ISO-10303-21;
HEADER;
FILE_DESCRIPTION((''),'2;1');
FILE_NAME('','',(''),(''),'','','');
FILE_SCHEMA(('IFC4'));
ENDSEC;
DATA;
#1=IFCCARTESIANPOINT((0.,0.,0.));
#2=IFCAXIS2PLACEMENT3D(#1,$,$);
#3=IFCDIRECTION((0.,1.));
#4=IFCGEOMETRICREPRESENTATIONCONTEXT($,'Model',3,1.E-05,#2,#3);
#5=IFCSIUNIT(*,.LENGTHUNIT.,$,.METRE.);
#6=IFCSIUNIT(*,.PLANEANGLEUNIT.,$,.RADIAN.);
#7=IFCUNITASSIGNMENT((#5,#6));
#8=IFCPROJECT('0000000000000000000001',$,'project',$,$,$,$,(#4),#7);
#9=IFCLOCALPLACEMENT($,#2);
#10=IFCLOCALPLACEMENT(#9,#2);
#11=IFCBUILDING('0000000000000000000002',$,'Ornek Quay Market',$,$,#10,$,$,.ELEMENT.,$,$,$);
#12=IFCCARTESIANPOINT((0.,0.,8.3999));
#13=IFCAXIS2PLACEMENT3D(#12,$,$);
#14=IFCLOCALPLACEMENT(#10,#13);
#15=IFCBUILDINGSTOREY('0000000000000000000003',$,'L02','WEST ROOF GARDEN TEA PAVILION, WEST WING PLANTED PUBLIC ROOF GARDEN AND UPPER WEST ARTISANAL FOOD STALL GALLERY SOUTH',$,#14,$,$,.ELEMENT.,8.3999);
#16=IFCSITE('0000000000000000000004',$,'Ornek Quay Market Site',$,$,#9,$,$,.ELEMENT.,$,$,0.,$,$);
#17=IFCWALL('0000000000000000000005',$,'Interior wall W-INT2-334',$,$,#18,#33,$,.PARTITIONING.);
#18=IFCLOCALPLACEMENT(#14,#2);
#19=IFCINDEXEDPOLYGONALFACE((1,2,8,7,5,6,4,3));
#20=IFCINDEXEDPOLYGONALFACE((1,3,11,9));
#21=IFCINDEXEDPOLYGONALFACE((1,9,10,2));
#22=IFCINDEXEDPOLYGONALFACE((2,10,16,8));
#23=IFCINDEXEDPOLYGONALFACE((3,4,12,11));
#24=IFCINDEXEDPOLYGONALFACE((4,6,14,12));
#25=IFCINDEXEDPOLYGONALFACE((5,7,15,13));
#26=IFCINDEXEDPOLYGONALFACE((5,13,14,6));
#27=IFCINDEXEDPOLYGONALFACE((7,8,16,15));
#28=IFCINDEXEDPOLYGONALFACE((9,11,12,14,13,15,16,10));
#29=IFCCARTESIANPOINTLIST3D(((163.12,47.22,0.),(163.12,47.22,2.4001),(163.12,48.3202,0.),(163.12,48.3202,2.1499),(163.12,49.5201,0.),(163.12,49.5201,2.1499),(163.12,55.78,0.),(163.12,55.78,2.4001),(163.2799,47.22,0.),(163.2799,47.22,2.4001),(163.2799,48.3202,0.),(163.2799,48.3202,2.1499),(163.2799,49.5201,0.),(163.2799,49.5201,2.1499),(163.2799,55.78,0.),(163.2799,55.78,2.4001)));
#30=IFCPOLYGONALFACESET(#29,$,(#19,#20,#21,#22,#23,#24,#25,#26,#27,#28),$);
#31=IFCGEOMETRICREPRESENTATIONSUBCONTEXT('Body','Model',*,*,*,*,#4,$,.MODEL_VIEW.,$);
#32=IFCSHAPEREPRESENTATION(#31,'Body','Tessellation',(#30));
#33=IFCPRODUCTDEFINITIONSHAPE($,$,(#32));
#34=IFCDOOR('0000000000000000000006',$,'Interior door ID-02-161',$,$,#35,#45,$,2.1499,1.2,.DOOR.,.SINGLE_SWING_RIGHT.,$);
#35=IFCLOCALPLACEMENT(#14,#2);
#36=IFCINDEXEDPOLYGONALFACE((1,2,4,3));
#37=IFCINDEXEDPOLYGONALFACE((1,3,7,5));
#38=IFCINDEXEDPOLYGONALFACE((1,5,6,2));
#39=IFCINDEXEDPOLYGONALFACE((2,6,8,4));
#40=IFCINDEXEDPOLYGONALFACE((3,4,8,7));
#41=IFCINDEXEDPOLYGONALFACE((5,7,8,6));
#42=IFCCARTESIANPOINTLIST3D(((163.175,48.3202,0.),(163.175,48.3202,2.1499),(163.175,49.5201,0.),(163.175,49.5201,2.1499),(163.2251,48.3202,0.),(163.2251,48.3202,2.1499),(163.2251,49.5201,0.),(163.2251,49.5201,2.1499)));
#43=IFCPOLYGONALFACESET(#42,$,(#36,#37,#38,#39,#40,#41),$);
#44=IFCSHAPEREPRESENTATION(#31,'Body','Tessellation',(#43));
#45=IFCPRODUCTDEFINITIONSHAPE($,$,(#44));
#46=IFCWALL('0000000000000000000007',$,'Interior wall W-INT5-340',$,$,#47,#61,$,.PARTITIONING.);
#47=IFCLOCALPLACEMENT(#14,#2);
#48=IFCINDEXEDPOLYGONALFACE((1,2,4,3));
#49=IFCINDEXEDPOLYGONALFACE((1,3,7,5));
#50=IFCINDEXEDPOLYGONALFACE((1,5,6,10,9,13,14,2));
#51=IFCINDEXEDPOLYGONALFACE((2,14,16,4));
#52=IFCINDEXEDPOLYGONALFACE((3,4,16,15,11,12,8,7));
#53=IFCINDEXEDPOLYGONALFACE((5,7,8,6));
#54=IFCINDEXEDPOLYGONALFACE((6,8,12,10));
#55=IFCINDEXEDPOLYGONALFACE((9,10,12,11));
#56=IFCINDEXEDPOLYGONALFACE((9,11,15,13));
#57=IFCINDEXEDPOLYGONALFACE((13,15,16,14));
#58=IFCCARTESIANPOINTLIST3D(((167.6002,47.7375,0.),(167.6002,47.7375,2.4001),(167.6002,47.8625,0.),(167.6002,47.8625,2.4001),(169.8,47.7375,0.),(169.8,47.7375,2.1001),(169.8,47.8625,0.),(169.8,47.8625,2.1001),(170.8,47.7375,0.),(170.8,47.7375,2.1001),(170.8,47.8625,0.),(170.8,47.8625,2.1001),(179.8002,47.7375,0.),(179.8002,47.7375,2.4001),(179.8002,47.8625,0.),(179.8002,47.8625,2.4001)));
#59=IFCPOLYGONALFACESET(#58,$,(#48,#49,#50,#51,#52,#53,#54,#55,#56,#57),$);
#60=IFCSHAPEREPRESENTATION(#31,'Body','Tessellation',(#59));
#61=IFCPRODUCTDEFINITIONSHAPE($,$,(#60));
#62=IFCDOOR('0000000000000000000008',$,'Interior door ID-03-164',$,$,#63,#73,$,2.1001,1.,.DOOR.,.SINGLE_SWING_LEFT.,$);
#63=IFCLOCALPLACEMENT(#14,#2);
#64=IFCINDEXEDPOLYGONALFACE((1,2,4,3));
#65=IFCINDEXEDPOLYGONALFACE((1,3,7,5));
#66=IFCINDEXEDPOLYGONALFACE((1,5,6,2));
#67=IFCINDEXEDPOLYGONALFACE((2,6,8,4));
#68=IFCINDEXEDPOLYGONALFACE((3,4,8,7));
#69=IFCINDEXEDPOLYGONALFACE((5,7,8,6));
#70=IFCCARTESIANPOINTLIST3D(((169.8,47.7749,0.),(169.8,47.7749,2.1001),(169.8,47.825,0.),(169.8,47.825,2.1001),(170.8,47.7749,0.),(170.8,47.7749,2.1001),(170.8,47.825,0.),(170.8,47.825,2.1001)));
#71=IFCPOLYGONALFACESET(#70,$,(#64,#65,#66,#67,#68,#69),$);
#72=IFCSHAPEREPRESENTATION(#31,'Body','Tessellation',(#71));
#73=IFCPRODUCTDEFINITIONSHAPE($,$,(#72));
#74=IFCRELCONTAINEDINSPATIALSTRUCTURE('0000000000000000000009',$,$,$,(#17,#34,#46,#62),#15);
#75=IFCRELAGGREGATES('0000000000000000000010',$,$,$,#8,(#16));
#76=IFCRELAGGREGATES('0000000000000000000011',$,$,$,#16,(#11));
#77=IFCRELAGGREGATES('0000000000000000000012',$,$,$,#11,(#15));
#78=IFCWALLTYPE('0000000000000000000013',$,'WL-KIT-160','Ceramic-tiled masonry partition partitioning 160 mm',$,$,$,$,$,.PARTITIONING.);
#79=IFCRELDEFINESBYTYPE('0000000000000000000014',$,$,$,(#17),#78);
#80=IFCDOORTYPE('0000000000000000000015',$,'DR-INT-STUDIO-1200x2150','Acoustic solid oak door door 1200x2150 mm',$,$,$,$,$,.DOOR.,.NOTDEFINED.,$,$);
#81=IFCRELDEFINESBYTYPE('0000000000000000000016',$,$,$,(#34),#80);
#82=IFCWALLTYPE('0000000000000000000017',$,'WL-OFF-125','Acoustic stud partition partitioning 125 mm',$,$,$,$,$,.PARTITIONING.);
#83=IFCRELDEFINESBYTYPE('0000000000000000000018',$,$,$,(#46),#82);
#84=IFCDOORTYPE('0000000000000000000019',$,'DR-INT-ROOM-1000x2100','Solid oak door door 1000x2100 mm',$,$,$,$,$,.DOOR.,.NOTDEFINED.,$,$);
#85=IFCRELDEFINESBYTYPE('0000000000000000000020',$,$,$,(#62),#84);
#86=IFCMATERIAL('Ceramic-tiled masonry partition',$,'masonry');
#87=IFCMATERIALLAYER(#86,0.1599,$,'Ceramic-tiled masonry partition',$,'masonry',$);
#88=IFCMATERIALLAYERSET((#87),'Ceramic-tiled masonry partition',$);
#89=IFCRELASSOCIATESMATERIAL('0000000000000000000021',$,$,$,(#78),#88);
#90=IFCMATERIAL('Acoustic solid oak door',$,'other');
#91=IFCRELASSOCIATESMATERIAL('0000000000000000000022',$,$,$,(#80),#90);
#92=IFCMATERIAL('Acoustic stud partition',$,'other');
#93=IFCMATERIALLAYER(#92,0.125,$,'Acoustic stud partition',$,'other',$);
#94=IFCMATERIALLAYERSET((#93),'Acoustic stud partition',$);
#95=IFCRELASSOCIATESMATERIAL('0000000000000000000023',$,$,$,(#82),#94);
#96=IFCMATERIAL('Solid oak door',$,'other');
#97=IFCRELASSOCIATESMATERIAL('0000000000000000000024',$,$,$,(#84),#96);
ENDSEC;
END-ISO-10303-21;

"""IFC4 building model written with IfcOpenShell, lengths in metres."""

from ifc_helpers import new_model, si_unit, direction, frame, frame_2d, origin, place, context, subcontext, project, spatial, rectangle, extrude, material, layer, layer_set, type_object, element, fill, save


model = new_model("IFC4")

# Units and contexts
model_context = context("Model", 3, precision=1e-05, world=origin(), true_north=direction((0.0, 1.0)))
body_context = subcontext(model_context, "Body", "Model", "MODEL_VIEW")
ifc_project = project(units=[si_unit("LENGTHUNIT", "METRE"), si_unit("PLANEANGLEUNIT", "RADIAN")], contexts=[model_context])

# Site, building, storey
site_placement = place(None, origin())
site = spatial("IfcSite", under=ifc_project, at=site_placement, Name="Ornek Quay Market Site", CompositionType="ELEMENT", RefElevation=0.0)
building_placement = place(site_placement, origin())
building = spatial("IfcBuilding", under=site, at=building_placement, Name="Ornek Quay Market", CompositionType="ELEMENT")
storey_placement = place(building_placement, frame((0.0, 0.0, 8.3999)))
storey = spatial("IfcBuildingStorey", under=building, at=storey_placement, Name="L02", Description="WEST ROOF GARDEN TEA PAVILION, WEST WING PLANTED PUBLIC ROOF GARDEN AND UPPER WEST ARTISANAL FOOD STALL GALLERY SOUTH", CompositionType="ELEMENT", Elevation=8.3999)

# Walls, openings, doors
ifc_material_1 = material(Name="Ceramic-tiled masonry partition", Category="masonry")
ifc_layer_1 = layer(ifc_material_1, 0.1599, Name="Ceramic-tiled masonry partition", Category="masonry")
ifc_layer_set_1 = layer_set([ifc_layer_1], Name="Ceramic-tiled masonry partition")
wall_type_1 = type_object("IfcWallType", Name="WL-KIT-160", Description="Ceramic-tiled masonry partition partitioning 160 mm", PredefinedType="PARTITIONING", material=ifc_layer_set_1)
wall_1_placement = place(storey_placement, frame((163.2, 47.22, 0.0), z_axis=(0.0, 0.0, 1.0), x_axis=(0.0, 1.0, 0.0)))
wall_1 = element("IfcWall", 1, at=wall_1_placement, inside=storey, type_object=wall_type_1, Name="Interior wall W-INT2-334", PredefinedType="PARTITIONING", context=body_context, shape_type="SweptSolid", body=[
    extrude(rectangle(XDim=8.5601, YDim=0.1599, at=frame_2d((4.28, 0.0))), origin(), (0.0, 0.0, 1.0), 2.4001),
])
opening_1_placement = place(wall_1_placement, frame((1.1001, 0.0, 0.0)))
opening_1 = element("IfcOpeningElement", 2, at=opening_1_placement, cuts=wall_1, PredefinedType="OPENING", context=body_context, shape_type="SweptSolid", body=[
    extrude(rectangle(XDim=1.2, YDim=2.1499, at=frame_2d((0.6001, 1.075))), frame((0.0, 0.0898, 0.0), z_axis=(0.0, -1.0, 0.0), x_axis=(1.0, 0.0, 0.0)), (0.0, 0.0, 1.0), 0.1799),
])
ifc_material_2 = material(Name="Acoustic solid oak door", Category="other")
door_type_1 = type_object("IfcDoorType", Name="DR-INT-STUDIO-1200x2150", Description="Acoustic solid oak door door 1200x2150 mm", OperationType="NOTDEFINED", PredefinedType="DOOR", material=ifc_material_2)
door_1_placement = place(opening_1_placement, origin())
door_1 = element("IfcDoor", 3, at=door_1_placement, inside=storey, type_object=door_type_1, Name="Interior door ID-02-161", OperationType="SINGLE_SWING_RIGHT", OverallHeight=2.1499, OverallWidth=1.2, PredefinedType="DOOR", context=body_context, shape_type="SweptSolid", body=[
    extrude(rectangle(XDim=1.2, YDim=2.1499, at=frame_2d((0.6001, 1.075))), frame((0.0, 0.0249, 0.0), z_axis=(0.0, -1.0, 0.0), x_axis=(1.0, 0.0, 0.0)), (0.0, 0.0, 1.0), 0.05),
])
fill(opening_1, door_1)
ifc_material_3 = material(Name="Acoustic stud partition", Category="other")
ifc_layer_2 = layer(ifc_material_3, 0.125, Name="Acoustic stud partition", Category="other")
ifc_layer_set_2 = layer_set([ifc_layer_2], Name="Acoustic stud partition")
wall_type_2 = type_object("IfcWallType", Name="WL-OFF-125", Description="Acoustic stud partition partitioning 125 mm", PredefinedType="PARTITIONING", material=ifc_layer_set_2)
wall_2_placement = place(storey_placement, frame((167.6001, 47.8, 0.0), z_axis=(0.0, 0.0, 1.0), x_axis=(1.0, 0.0, 0.0)))
wall_2 = element("IfcWall", 4, at=wall_2_placement, inside=storey, type_object=wall_type_2, Name="Interior wall W-INT5-340", PredefinedType="PARTITIONING", context=body_context, shape_type="SweptSolid", body=[
    extrude(rectangle(XDim=12.2, YDim=0.125, at=frame_2d((6.1001, 0.0))), origin(), (0.0, 0.0, 1.0), 2.4001),
])
opening_2_placement = place(wall_2_placement, frame((2.2, 0.0, 0.0)))
opening_2 = element("IfcOpeningElement", 5, at=opening_2_placement, cuts=wall_2, PredefinedType="OPENING", context=body_context, shape_type="SweptSolid", body=[
    extrude(rectangle(XDim=1.0, YDim=2.1001, at=frame_2d((0.5, 1.05))), frame((0.0, 0.0725, 0.0), z_axis=(0.0, -1.0, 0.0), x_axis=(1.0, 0.0, 0.0)), (0.0, 0.0, 1.0), 0.145),
])
ifc_material_4 = material(Name="Solid oak door", Category="other")
door_type_2 = type_object("IfcDoorType", Name="DR-INT-ROOM-1000x2100", Description="Solid oak door door 1000x2100 mm", OperationType="NOTDEFINED", PredefinedType="DOOR", material=ifc_material_4)
door_2_placement = place(opening_2_placement, origin())
door_2 = element("IfcDoor", 6, at=door_2_placement, inside=storey, type_object=door_type_2, Name="Interior door ID-03-164", OperationType="SINGLE_SWING_LEFT", OverallHeight=2.1001, OverallWidth=1.0, PredefinedType="DOOR", context=body_context, shape_type="SweptSolid", body=[
    extrude(rectangle(XDim=1.0, YDim=2.1001, at=frame_2d((0.5, 1.05))), frame((0.0, 0.0249, 0.0), z_axis=(0.0, -1.0, 0.0), x_axis=(1.0, 0.0, 0.0)), (0.0, 0.0, 1.0), 0.05),
])
fill(opening_2, door_2)

save(model, "model.ifc")
